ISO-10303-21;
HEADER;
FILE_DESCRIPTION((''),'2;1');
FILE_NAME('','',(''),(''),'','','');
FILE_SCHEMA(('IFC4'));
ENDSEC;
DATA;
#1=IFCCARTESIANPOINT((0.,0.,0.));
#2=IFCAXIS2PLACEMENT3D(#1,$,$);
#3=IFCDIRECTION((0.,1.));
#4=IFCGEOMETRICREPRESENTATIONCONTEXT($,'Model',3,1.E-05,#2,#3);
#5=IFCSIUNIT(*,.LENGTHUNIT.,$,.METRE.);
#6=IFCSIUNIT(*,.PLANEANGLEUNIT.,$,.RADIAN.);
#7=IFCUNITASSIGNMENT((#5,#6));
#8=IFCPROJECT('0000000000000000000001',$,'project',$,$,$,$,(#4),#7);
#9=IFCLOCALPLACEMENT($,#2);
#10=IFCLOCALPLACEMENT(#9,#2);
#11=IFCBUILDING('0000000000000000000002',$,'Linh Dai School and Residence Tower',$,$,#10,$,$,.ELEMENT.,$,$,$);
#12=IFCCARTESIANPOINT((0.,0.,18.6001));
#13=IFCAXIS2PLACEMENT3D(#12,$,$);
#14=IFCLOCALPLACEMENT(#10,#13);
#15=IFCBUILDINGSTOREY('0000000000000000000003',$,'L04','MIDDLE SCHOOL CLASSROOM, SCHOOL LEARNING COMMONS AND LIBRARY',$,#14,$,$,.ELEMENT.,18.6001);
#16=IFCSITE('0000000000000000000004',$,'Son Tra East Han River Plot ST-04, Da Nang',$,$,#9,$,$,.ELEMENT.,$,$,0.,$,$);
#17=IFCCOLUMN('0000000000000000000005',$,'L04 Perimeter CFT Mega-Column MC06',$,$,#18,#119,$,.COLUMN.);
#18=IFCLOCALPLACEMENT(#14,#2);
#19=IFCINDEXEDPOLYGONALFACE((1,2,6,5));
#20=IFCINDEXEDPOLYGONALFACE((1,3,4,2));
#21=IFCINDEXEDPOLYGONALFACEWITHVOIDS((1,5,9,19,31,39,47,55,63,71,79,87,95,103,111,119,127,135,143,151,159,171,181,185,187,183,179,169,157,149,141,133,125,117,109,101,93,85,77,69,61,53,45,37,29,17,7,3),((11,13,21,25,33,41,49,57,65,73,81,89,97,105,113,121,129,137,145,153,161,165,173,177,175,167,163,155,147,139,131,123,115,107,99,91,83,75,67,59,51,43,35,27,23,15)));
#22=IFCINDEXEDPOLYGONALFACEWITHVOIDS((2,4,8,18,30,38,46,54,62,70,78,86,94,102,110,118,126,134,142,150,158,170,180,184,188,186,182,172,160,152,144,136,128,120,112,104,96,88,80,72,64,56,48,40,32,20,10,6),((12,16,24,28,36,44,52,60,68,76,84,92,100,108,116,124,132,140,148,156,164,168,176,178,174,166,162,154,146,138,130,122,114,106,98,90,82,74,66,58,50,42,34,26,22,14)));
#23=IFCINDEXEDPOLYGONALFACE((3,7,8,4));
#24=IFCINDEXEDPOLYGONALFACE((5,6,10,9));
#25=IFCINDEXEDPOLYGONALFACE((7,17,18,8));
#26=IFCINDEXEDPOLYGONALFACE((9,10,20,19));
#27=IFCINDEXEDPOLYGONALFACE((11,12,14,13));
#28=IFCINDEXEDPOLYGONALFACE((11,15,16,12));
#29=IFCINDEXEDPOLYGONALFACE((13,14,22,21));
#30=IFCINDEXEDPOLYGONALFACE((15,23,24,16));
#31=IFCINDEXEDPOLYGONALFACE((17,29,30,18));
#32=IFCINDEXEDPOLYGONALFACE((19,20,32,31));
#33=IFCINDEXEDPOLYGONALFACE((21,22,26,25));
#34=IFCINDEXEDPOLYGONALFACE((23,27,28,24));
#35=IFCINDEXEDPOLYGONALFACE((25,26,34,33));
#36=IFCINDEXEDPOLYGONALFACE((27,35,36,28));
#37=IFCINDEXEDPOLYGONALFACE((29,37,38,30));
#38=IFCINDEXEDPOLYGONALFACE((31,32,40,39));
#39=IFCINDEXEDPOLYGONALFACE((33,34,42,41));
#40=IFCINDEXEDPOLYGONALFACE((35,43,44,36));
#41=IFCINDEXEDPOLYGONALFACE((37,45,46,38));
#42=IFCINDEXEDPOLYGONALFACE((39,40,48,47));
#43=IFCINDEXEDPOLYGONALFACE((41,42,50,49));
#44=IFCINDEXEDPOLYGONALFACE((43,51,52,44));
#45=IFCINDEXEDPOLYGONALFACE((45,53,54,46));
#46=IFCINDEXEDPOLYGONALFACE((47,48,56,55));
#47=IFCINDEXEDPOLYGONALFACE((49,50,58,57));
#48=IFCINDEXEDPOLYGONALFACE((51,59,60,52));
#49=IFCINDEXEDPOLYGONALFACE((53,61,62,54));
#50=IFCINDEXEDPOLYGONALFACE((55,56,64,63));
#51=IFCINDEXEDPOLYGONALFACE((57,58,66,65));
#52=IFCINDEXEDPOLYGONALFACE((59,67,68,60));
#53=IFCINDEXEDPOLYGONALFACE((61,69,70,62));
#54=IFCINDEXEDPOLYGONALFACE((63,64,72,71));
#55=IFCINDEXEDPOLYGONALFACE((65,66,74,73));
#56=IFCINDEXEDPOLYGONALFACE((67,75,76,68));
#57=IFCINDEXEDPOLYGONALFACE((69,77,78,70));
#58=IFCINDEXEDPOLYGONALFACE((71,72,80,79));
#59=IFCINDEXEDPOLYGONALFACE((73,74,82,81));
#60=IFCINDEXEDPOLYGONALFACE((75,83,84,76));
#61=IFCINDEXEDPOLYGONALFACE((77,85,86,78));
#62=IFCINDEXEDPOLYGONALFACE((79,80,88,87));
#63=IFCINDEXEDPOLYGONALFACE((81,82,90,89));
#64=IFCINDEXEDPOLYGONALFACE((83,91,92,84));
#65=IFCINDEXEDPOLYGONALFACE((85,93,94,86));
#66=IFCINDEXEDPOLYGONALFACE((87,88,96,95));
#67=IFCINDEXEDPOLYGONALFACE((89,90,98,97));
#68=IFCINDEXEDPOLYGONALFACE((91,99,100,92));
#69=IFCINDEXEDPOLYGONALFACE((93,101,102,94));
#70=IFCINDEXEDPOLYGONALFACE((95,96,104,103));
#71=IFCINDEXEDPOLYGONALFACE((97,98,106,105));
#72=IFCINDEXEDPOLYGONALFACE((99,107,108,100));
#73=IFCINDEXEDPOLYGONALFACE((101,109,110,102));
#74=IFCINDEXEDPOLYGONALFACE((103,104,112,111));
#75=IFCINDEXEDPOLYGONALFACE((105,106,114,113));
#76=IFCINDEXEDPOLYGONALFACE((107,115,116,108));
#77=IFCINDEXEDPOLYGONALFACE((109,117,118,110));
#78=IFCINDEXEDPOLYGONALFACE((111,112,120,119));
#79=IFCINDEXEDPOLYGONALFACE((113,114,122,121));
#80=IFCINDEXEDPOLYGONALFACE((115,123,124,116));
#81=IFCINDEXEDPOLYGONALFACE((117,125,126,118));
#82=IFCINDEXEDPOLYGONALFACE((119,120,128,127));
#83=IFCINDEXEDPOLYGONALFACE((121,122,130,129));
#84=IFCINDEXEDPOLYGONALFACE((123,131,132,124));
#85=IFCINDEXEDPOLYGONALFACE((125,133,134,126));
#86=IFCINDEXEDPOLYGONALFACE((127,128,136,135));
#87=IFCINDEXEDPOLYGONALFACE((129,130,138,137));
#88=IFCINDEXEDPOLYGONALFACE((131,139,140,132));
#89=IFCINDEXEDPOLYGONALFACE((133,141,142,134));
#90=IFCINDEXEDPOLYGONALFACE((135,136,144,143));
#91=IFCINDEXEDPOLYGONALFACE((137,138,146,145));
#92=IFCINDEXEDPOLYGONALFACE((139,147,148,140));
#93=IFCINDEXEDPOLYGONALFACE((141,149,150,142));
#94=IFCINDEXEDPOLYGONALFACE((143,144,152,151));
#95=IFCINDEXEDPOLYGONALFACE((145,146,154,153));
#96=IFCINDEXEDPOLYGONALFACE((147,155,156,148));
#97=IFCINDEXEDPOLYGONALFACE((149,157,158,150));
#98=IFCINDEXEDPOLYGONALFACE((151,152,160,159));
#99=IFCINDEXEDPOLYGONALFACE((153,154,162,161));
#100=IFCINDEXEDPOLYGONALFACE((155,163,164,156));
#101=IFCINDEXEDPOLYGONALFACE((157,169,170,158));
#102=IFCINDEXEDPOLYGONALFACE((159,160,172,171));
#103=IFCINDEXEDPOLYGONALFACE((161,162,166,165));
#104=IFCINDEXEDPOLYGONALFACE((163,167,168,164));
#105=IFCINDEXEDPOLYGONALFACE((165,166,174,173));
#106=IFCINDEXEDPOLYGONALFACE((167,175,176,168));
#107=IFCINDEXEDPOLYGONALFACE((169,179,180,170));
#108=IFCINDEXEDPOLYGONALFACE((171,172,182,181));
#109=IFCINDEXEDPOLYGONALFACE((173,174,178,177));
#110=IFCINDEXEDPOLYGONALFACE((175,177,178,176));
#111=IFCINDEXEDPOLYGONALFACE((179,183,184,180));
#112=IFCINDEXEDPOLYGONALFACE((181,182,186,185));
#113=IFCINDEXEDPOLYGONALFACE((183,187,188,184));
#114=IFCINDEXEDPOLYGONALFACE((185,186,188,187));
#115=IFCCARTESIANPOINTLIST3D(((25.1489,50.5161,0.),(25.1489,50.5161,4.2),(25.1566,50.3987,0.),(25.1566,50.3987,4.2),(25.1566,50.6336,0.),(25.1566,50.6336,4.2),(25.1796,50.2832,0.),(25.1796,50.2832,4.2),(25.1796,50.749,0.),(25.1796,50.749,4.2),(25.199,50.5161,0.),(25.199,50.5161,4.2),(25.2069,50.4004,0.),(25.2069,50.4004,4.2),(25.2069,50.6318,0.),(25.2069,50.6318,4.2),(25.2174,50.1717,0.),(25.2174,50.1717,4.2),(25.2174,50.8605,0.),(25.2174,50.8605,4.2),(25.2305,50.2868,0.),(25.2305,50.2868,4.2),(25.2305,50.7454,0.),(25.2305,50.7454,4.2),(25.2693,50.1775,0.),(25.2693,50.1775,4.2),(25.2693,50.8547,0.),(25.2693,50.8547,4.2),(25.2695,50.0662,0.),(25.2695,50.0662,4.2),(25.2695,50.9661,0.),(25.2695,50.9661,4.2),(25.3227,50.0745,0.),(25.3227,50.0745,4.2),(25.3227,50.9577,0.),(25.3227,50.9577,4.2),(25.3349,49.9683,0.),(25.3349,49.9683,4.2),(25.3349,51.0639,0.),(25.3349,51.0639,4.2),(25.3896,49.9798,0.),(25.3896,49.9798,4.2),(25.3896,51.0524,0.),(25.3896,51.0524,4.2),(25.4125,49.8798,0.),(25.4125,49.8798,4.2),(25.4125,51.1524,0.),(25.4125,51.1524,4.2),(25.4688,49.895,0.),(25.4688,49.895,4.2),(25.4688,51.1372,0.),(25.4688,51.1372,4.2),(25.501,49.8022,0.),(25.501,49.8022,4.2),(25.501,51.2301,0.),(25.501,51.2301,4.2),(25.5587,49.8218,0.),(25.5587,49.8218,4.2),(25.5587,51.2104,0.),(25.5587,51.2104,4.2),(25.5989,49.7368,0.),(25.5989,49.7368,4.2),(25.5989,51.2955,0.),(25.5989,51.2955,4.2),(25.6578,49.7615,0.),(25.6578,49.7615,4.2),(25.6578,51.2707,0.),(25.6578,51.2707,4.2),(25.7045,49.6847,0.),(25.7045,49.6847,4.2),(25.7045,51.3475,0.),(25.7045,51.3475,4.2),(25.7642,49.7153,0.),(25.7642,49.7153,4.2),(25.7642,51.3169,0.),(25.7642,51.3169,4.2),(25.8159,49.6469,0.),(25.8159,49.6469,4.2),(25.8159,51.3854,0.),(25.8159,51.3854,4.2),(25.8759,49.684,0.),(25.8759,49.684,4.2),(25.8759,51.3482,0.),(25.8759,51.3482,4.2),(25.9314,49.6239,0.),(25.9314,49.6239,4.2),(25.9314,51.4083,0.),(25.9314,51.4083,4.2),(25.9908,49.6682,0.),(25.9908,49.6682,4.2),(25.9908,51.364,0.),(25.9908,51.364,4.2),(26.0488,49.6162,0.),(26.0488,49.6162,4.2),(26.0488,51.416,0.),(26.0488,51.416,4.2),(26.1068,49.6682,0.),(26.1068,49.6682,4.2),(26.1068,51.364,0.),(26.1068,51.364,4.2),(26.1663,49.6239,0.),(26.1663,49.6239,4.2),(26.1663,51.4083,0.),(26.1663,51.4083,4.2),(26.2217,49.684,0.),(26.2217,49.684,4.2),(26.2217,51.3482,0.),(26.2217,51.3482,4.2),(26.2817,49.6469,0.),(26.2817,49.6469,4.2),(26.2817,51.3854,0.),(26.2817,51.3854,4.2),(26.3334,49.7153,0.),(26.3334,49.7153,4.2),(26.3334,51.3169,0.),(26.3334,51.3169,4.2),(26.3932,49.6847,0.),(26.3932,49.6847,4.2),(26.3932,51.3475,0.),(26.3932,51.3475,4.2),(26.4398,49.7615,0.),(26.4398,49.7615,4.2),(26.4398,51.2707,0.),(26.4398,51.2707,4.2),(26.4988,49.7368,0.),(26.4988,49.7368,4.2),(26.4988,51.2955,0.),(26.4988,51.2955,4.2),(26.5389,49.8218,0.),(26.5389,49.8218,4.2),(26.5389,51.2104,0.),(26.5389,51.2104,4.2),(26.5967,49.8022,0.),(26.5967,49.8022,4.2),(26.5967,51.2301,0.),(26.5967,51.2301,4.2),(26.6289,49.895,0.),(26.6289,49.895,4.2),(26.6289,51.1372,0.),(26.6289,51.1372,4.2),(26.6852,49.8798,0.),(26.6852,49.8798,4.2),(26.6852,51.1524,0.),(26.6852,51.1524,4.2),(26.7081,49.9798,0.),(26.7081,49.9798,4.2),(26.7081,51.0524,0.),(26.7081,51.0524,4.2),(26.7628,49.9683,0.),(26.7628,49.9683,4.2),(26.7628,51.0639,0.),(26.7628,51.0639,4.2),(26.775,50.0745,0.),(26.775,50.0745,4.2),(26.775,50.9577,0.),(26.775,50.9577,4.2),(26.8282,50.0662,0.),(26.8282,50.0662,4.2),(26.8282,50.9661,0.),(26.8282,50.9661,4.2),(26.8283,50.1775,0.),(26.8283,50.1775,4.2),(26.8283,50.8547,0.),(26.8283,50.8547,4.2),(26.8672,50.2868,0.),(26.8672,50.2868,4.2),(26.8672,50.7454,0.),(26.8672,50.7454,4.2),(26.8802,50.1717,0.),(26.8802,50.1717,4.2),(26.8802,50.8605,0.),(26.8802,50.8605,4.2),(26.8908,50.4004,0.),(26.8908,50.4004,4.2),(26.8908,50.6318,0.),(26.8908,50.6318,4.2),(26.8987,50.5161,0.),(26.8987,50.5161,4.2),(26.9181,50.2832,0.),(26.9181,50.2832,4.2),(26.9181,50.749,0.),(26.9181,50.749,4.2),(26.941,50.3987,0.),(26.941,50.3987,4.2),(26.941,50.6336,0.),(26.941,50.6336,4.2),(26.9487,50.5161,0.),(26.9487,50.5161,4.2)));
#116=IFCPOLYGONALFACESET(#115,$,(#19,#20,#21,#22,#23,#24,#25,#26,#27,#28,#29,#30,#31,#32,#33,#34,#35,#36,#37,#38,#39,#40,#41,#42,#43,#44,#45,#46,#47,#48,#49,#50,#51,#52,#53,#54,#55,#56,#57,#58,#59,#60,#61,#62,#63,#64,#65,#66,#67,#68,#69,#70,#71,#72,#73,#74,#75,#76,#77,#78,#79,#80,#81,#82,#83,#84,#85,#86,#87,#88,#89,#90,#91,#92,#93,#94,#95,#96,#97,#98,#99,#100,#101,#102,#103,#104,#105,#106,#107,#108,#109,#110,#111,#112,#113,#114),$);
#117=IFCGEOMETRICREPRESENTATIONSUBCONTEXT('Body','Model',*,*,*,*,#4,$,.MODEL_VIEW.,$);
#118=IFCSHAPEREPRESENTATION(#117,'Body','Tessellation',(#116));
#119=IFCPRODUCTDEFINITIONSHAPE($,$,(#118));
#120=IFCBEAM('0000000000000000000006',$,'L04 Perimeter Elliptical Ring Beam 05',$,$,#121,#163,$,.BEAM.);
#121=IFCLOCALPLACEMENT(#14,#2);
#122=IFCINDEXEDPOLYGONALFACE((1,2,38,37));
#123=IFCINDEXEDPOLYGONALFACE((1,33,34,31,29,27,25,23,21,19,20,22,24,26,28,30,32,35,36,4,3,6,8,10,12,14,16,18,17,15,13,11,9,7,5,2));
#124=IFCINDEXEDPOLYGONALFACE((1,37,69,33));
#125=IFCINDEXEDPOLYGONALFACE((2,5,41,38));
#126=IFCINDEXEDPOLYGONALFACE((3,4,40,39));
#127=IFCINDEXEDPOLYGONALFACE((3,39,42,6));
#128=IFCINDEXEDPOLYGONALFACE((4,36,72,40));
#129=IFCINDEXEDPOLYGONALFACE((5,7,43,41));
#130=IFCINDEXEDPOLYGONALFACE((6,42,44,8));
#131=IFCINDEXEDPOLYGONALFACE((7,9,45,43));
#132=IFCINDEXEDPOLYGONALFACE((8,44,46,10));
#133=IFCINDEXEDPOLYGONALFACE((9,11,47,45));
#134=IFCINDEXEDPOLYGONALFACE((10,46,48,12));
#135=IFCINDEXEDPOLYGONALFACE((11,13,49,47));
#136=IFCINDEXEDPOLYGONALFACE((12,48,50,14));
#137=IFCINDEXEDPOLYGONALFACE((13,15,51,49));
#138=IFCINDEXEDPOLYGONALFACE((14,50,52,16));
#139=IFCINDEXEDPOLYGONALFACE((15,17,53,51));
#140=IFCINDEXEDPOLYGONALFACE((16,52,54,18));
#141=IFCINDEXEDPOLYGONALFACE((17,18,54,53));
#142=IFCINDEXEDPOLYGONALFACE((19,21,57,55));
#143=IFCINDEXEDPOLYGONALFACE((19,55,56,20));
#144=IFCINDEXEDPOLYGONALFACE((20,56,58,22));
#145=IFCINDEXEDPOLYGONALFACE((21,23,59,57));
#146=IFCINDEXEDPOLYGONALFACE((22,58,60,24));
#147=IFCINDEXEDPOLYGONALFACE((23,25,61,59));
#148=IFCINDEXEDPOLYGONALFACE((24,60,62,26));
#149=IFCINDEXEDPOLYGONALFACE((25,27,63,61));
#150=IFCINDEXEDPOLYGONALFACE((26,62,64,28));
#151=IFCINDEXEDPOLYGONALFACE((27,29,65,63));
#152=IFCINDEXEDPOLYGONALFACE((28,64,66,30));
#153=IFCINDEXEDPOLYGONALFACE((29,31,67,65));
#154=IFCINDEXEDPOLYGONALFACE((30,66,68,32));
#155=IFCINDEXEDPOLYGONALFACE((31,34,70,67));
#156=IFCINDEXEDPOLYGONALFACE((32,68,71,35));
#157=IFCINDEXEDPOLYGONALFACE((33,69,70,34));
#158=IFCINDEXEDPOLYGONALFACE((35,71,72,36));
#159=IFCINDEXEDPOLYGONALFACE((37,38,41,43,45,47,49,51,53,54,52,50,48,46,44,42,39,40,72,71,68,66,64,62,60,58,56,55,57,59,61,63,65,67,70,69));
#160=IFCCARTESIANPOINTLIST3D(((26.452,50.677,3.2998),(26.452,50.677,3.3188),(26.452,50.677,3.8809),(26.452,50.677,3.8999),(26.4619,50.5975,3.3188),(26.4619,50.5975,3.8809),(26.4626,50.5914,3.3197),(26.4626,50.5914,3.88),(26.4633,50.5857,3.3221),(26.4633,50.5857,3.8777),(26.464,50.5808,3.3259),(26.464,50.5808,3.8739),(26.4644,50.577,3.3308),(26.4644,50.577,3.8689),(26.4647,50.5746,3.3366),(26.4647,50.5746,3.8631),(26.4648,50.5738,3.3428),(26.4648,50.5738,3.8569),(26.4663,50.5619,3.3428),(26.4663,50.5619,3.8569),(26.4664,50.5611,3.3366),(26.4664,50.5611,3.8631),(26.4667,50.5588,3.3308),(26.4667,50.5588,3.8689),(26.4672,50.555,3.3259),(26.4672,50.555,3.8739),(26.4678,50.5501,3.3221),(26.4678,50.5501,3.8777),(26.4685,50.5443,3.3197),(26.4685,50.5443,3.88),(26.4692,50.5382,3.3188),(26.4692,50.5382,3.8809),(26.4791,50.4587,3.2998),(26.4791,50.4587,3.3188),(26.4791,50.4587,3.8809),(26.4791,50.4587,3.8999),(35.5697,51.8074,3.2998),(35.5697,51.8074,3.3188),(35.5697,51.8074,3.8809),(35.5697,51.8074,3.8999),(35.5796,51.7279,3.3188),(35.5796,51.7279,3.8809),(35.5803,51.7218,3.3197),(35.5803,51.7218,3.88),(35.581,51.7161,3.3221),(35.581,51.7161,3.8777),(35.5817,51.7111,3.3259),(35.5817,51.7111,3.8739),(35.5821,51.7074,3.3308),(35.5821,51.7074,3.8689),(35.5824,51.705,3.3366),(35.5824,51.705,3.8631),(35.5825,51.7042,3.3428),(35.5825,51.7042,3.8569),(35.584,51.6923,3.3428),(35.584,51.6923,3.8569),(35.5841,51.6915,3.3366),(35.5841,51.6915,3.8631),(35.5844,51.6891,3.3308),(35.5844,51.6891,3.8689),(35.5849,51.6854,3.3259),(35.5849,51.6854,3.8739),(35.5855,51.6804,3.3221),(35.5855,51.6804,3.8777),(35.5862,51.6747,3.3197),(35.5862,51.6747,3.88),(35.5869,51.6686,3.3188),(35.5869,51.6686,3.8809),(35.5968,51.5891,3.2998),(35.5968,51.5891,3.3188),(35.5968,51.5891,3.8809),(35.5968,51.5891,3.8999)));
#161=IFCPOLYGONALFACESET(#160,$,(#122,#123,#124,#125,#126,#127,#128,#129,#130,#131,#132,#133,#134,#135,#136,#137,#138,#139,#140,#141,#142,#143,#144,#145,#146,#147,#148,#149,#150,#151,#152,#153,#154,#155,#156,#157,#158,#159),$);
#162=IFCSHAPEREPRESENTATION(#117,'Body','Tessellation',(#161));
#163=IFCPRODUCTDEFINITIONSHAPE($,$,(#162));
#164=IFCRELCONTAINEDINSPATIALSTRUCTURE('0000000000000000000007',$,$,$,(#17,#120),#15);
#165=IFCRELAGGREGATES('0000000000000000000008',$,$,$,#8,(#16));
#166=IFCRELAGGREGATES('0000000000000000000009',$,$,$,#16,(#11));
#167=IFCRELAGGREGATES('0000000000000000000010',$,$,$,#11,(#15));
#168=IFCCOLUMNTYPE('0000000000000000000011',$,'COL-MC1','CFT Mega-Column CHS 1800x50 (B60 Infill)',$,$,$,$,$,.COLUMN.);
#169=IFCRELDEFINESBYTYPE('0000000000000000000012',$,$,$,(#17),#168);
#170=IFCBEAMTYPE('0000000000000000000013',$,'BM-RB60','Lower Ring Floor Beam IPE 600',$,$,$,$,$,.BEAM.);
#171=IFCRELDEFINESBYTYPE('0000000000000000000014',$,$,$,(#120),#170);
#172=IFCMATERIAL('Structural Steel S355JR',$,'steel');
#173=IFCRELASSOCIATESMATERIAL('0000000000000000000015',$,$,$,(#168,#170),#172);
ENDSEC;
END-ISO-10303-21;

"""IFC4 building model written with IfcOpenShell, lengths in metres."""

from ifc_helpers import new_model, si_unit, direction, frame, origin, origin_2d, place, context, subcontext, project, spatial, hollow_circle, i_section, extrude, material, material_profile, profile_set, type_object, element, save


model = new_model("IFC4")

# Units and contexts
model_context = context("Model", 3, precision=1e-05, world=origin(), true_north=direction((0.0, 1.0)))
body_context = subcontext(model_context, "Body", "Model", "MODEL_VIEW")
ifc_project = project(units=[si_unit("LENGTHUNIT", "METRE"), si_unit("PLANEANGLEUNIT", "RADIAN")], contexts=[model_context])

# Site, building, storey
site_placement = place(None, origin())
site = spatial("IfcSite", under=ifc_project, at=site_placement, Name="Son Tra East Han River Plot ST-04, Da Nang", CompositionType="ELEMENT", RefElevation=0.0)
building_placement = place(site_placement, origin())
building = spatial("IfcBuilding", under=site, at=building_placement, Name="Linh Dai School and Residence Tower", CompositionType="ELEMENT")
storey_placement = place(building_placement, frame((0.0, 0.0, 18.6001)))
storey = spatial("IfcBuildingStorey", under=building, at=storey_placement, Name="L04", Description="MIDDLE SCHOOL CLASSROOM, SCHOOL LEARNING COMMONS AND LIBRARY", CompositionType="ELEMENT", Elevation=18.6001)

# Column
ifc_material_1 = material(Name="Structural Steel S355JR", Category="steel")
ifc_material_profile_1 = material_profile(ifc_material_1, hollow_circle(Radius=0.8999, WallThickness=0.05, at=origin_2d()), Name="CHS 1800x50")
ifc_profile_set_1 = profile_set([ifc_material_profile_1], Name="Structural Steel S355JR")
column_type_1 = type_object("IfcColumnType", Name="COL-MC1", Description="CFT Mega-Column CHS 1800x50 (B60 Infill)", PredefinedType="COLUMN", material=ifc_profile_set_1)
for number, where, z_axis, x_axis, name in (
    (1, (26.0488, 50.5161, 0.0), (0.0, 0.0, 1.0), (1.0, 0.0, 0.0), "L04 Perimeter CFT Mega-Column MC06"),
):
    element("IfcColumn", number, at=place(storey_placement, frame(where, z_axis=z_axis, x_axis=x_axis)), inside=storey, type_object=column_type_1, Name=name, PredefinedType="COLUMN", context=body_context, shape_type="SweptSolid", body=[
        extrude(hollow_circle(Radius=0.8999, WallThickness=0.05, at=origin_2d()), origin(), (0.0, 0.0, 1.0), 4.2),
    ])

# Beam
ifc_material_profile_2 = material_profile(ifc_material_1, i_section(OverallWidth=0.22, OverallDepth=0.6001, WebThickness=0.012, FlangeThickness=0.019, FilletRadius=0.0239, at=origin_2d()), Name="IPE 600")
ifc_profile_set_2 = profile_set([ifc_material_profile_2], Name="Structural Steel S355JR")
beam_type_1 = type_object("IfcBeamType", Name="BM-RB60", Description="Lower Ring Floor Beam IPE 600", PredefinedType="BEAM", material=ifc_profile_set_2)
beam_1_placement = place(storey_placement, frame((35.5833, 51.6982, 3.5999), z_axis=(-0.992402, -0.123034, 0.0), x_axis=(0.123034, -0.992402, 0.0)))
element("IfcBeam", 2, at=beam_1_placement, inside=storey, type_object=beam_type_1, Name="L04 Perimeter Elliptical Ring Beam 05", PredefinedType="BEAM", context=body_context, shape_type="SweptSolid", body=[
    extrude(i_section(OverallWidth=0.22, OverallDepth=0.6001, WebThickness=0.012, FlangeThickness=0.019, FilletRadius=0.0239, at=origin_2d()), origin(), (0.0, 0.0, 1.0), 9.1875),
])

save(model, "model.ifc")
